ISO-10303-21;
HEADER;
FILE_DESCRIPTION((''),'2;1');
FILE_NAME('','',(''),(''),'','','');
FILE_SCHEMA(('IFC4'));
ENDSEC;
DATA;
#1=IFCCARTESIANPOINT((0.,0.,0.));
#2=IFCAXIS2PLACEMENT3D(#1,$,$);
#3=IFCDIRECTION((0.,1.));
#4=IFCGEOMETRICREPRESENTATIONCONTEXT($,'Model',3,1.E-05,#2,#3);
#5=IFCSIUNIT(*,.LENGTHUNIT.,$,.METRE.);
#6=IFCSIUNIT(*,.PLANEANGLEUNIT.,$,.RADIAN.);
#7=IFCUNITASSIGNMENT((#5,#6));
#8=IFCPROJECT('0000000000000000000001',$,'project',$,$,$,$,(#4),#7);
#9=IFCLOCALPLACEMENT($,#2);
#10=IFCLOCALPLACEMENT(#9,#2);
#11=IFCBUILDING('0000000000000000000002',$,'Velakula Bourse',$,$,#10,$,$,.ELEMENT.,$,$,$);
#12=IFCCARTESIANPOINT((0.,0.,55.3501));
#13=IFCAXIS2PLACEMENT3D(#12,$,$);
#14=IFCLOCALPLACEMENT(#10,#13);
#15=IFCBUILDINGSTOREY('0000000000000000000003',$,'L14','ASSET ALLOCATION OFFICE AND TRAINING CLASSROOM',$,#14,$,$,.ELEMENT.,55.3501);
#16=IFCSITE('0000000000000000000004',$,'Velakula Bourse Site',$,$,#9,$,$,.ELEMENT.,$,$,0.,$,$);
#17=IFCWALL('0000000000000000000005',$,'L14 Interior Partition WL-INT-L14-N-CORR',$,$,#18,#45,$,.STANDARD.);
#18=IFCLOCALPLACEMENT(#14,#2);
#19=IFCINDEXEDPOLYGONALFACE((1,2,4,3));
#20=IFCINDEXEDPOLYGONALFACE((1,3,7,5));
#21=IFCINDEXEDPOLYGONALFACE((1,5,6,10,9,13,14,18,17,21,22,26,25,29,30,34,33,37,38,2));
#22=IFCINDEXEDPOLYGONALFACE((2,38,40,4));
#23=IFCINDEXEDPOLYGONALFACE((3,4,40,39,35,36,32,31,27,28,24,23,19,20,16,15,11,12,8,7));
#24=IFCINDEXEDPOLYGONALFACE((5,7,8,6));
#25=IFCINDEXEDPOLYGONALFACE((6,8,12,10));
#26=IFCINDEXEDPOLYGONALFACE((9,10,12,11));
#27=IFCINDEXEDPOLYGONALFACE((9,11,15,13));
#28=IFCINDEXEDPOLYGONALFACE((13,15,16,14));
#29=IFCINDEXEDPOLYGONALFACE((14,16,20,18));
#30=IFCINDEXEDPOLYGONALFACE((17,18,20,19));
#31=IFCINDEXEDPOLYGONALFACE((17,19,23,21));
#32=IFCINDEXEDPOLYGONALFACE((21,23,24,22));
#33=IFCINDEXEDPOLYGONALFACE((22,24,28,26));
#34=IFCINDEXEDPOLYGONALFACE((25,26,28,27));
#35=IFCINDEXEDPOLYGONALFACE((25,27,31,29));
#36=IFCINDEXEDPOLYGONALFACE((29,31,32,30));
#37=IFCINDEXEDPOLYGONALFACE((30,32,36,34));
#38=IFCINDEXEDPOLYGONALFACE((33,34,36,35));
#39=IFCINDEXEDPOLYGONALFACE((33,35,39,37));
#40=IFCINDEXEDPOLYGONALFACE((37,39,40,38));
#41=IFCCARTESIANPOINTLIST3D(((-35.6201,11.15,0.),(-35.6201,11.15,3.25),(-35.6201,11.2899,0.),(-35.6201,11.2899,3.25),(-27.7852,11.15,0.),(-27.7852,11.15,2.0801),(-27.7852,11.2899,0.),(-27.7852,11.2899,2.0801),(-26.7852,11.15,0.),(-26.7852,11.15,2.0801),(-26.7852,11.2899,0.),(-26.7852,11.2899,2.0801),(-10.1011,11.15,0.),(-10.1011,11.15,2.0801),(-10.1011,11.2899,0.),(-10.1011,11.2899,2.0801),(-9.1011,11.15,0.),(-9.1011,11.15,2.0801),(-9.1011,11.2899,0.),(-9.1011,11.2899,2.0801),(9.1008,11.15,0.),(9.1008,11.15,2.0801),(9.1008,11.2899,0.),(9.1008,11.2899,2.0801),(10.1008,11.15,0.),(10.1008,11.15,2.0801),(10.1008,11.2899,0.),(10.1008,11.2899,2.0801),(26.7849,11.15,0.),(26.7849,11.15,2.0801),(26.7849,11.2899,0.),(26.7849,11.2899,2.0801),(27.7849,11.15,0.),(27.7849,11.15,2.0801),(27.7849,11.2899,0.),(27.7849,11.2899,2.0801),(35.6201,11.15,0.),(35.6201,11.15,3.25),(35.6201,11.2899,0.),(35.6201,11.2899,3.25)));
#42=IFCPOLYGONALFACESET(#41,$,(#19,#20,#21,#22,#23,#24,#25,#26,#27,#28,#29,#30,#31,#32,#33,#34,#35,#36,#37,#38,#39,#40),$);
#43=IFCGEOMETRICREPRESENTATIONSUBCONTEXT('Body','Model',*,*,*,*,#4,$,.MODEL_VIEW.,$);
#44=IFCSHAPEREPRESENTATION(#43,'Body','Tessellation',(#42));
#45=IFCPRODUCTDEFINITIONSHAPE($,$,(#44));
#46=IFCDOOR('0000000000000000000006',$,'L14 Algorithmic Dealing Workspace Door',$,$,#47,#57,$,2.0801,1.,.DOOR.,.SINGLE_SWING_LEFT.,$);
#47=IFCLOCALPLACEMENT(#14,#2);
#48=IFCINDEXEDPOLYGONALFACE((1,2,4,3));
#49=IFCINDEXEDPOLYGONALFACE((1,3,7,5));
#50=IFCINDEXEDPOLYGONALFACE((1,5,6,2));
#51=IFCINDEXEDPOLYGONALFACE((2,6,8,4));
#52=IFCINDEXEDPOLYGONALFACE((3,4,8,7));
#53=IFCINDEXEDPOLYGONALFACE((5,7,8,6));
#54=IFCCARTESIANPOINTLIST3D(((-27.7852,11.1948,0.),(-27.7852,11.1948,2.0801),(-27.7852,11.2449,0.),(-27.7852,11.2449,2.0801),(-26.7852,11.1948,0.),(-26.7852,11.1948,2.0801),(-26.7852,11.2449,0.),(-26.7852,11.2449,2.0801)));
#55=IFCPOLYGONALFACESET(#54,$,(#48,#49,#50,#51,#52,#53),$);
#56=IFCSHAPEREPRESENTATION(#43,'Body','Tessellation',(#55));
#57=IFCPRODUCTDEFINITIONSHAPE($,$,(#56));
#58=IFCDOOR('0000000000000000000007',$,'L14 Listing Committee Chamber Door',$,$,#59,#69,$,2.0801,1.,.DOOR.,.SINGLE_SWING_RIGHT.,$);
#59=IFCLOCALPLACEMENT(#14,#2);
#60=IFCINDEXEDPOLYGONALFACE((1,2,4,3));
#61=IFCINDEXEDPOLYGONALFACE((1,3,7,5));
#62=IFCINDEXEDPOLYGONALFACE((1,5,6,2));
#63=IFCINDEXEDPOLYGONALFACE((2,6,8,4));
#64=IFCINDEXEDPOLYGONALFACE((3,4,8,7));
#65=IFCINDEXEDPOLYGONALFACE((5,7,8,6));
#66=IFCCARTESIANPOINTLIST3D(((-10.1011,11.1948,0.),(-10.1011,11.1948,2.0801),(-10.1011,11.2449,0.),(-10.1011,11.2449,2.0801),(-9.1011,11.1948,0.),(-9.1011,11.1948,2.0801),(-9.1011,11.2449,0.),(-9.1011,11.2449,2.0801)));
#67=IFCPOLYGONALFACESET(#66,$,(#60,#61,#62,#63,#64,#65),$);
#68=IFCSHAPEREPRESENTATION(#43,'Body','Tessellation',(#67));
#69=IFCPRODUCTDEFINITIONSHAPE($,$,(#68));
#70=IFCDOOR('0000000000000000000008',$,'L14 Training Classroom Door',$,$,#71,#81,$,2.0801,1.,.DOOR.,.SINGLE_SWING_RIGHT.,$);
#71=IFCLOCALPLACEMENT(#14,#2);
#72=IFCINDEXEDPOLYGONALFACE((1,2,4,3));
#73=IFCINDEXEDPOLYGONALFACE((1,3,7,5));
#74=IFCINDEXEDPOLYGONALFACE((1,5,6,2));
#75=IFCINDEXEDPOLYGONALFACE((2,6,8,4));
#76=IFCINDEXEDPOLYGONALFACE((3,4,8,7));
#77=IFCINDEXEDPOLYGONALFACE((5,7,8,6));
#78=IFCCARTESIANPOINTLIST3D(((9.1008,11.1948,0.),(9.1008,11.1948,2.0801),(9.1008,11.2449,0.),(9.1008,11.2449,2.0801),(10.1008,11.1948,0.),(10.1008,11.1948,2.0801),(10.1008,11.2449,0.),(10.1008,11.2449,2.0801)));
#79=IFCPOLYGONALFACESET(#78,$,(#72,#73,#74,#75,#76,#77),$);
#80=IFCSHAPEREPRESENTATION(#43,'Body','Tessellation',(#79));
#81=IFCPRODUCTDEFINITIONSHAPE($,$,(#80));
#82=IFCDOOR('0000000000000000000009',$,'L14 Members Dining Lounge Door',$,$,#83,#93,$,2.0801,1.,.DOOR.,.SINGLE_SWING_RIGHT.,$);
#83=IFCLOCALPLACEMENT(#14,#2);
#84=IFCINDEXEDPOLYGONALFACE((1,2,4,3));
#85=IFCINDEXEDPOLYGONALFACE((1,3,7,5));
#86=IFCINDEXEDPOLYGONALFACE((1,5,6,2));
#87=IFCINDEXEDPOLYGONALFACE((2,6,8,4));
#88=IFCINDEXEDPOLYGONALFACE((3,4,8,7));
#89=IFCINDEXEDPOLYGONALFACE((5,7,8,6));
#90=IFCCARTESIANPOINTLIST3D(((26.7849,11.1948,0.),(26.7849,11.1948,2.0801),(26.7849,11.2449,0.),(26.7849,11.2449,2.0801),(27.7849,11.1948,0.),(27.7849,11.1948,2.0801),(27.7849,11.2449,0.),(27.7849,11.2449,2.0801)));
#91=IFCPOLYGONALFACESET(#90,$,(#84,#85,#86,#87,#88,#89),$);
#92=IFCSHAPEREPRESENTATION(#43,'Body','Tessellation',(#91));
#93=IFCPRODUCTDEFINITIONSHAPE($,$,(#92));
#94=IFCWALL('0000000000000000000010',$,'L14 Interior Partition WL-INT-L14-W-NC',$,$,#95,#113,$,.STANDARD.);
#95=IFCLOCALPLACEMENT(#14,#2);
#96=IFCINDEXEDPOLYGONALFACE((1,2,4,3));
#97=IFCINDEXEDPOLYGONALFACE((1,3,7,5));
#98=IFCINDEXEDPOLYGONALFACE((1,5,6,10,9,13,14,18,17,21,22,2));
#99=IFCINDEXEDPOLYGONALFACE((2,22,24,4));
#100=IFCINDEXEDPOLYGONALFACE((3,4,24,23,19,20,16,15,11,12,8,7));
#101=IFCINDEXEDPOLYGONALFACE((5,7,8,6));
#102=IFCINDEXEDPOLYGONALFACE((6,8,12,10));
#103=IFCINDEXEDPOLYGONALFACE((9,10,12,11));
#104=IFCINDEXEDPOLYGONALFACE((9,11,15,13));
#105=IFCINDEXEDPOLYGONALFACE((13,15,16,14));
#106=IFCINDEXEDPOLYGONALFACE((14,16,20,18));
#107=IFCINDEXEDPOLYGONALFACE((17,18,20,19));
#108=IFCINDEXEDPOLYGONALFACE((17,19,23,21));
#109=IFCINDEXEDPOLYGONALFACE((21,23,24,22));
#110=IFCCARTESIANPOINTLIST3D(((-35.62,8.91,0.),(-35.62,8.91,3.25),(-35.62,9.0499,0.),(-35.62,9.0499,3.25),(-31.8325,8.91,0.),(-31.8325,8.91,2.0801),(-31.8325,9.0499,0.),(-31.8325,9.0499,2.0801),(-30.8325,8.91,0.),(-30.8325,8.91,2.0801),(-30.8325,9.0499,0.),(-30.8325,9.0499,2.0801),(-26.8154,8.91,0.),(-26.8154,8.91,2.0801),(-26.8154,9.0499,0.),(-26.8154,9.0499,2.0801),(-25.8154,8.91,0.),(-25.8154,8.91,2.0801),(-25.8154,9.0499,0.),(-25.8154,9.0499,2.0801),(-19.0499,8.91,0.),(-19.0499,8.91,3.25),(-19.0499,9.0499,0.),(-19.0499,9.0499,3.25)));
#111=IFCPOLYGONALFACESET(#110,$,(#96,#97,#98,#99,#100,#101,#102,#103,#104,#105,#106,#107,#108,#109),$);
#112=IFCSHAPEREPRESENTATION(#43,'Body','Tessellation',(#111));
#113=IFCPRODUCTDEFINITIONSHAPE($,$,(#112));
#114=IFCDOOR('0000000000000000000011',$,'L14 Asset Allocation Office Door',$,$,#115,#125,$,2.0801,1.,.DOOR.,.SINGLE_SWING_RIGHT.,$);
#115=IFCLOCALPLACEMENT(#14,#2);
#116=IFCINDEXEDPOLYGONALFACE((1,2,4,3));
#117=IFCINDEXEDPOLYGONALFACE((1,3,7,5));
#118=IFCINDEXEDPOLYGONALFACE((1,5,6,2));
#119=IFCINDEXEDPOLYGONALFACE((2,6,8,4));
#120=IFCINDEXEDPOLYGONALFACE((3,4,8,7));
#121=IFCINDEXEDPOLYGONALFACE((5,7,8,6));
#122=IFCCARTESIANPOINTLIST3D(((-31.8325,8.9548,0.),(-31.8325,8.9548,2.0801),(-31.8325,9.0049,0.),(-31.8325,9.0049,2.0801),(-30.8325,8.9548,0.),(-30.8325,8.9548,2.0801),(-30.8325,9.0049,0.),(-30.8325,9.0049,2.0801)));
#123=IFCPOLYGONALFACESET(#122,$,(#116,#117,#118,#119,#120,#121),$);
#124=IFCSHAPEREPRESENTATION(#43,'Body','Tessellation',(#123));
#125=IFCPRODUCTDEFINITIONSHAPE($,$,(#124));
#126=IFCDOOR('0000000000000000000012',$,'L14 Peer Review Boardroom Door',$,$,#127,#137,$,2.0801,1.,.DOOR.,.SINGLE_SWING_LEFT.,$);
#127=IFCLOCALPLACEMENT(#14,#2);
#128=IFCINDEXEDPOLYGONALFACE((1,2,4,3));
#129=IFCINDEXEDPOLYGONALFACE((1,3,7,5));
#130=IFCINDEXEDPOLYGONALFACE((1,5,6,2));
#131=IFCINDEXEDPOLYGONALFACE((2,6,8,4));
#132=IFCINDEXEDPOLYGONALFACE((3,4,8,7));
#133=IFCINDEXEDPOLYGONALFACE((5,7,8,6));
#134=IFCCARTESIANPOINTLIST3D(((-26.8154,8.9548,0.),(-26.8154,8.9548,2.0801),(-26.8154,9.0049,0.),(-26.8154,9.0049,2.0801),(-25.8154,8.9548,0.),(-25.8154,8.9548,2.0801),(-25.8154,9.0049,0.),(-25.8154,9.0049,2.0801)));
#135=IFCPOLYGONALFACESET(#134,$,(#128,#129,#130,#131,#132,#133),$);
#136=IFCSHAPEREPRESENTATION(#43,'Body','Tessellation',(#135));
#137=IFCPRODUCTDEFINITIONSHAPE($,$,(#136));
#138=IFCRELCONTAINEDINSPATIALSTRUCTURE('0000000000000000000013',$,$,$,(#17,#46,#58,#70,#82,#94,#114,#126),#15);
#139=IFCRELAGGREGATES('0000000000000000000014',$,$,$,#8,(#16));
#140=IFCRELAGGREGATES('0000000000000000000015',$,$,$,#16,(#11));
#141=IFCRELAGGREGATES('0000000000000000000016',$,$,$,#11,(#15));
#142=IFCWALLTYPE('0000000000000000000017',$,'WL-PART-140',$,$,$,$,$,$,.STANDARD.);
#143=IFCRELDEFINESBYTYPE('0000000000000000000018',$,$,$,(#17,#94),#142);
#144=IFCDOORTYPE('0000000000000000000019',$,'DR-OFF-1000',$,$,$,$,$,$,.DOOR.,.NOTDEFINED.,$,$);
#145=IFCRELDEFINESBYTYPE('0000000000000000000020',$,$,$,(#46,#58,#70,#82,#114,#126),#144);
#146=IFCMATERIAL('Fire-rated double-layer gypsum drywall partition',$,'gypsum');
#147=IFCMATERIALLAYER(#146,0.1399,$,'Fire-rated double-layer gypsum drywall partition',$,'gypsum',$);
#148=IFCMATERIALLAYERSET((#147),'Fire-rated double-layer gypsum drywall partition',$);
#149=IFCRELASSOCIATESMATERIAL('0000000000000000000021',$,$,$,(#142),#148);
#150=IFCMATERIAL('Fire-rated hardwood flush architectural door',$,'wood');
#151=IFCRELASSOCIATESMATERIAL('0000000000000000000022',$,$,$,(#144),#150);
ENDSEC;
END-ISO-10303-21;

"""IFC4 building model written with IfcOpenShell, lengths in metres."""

from ifc_helpers import new_model, si_unit, direction, frame, frame_2d, origin, place, context, subcontext, project, spatial, rectangle, extrude, material, layer, layer_set, type_object, element, fill, save


model = new_model("IFC4")

# Units and contexts
model_context = context("Model", 3, precision=1e-05, world=origin(), true_north=direction((0.0, 1.0)))
body_context = subcontext(model_context, "Body", "Model", "MODEL_VIEW")
ifc_project = project(units=[si_unit("LENGTHUNIT", "METRE"), si_unit("PLANEANGLEUNIT", "RADIAN")], contexts=[model_context])

# Site, building, storey
site_placement = place(None, origin())
site = spatial("IfcSite", under=ifc_project, at=site_placement, Name="Velakula Bourse Site", CompositionType="ELEMENT", RefElevation=0.0)
building_placement = place(site_placement, origin())
building = spatial("IfcBuilding", under=site, at=building_placement, Name="Velakula Bourse", CompositionType="ELEMENT")
storey_placement = place(building_placement, frame((0.0, 0.0, 55.3501)))
storey = spatial("IfcBuildingStorey", under=building, at=storey_placement, Name="L14", Description="ASSET ALLOCATION OFFICE AND TRAINING CLASSROOM", CompositionType="ELEMENT", Elevation=55.3501)

# Walls, openings, doors
ifc_material_1 = material(Name="Fire-rated double-layer gypsum drywall partition", Category="gypsum")
ifc_layer_1 = layer(ifc_material_1, 0.1399, Name="Fire-rated double-layer gypsum drywall partition", Category="gypsum")
ifc_layer_set_1 = layer_set([ifc_layer_1], Name="Fire-rated double-layer gypsum drywall partition")
wall_type_1 = type_object("IfcWallType", Name="WL-PART-140", PredefinedType="STANDARD", material=ifc_layer_set_1)
wall_1_placement = place(storey_placement, frame((-35.6201, 11.22, 0.0), z_axis=(0.0, 0.0, 1.0), x_axis=(1.0, 0.0, 0.0)))
wall_1 = element("IfcWall", 1, at=wall_1_placement, inside=storey, type_object=wall_type_1, Name="L14 Interior Partition WL-INT-L14-N-CORR", PredefinedType="STANDARD", context=body_context, shape_type="SweptSolid", body=[
    extrude(rectangle(XDim=71.2402, YDim=0.1399, at=frame_2d((35.6201, 0.0))), origin(), (0.0, 0.0, 1.0), 3.25),
])
opening_1_placement = place(wall_1_placement, frame((7.835, 0.0, 0.0)))
opening_1 = element("IfcOpeningElement", 2, at=opening_1_placement, cuts=wall_1, PredefinedType="OPENING", context=body_context, shape_type="SweptSolid", body=[
    extrude(rectangle(XDim=1.0, YDim=2.0801, at=frame_2d((0.5, 1.04))), frame((0.0, 0.0798, 0.0), z_axis=(0.0, -1.0, 0.0), x_axis=(1.0, 0.0, 0.0)), (0.0, 0.0, 1.0), 0.1599),
])
opening_2_placement = place(wall_1_placement, frame((25.519, 0.0, 0.0)))
opening_2 = element("IfcOpeningElement", 3, at=opening_2_placement, cuts=wall_1, PredefinedType="OPENING", context=body_context, shape_type="SweptSolid", body=[
    extrude(rectangle(XDim=1.0, YDim=2.0801, at=frame_2d((0.5, 1.04))), frame((0.0, 0.0798, 0.0), z_axis=(0.0, -1.0, 0.0), x_axis=(1.0, 0.0, 0.0)), (0.0, 0.0, 1.0), 0.1599),
])
opening_3_placement = place(wall_1_placement, frame((44.7209, 0.0, 0.0)))
opening_3 = element("IfcOpeningElement", 4, at=opening_3_placement, cuts=wall_1, PredefinedType="OPENING", context=body_context, shape_type="SweptSolid", body=[
    extrude(rectangle(XDim=1.0, YDim=2.0801, at=frame_2d((0.5, 1.04))), frame((0.0, 0.0798, 0.0), z_axis=(0.0, -1.0, 0.0), x_axis=(1.0, 0.0, 0.0)), (0.0, 0.0, 1.0), 0.1599),
])
opening_4_placement = place(wall_1_placement, frame((62.405, 0.0, 0.0)))
opening_4 = element("IfcOpeningElement", 5, at=opening_4_placement, cuts=wall_1, PredefinedType="OPENING", context=body_context, shape_type="SweptSolid", body=[
    extrude(rectangle(XDim=1.0, YDim=2.0801, at=frame_2d((0.5, 1.04))), frame((0.0, 0.0798, 0.0), z_axis=(0.0, -1.0, 0.0), x_axis=(1.0, 0.0, 0.0)), (0.0, 0.0, 1.0), 0.1599),
])
ifc_material_2 = material(Name="Fire-rated hardwood flush architectural door", Category="wood")
door_type = type_object("IfcDoorType", Name="DR-OFF-1000", OperationType="NOTDEFINED", PredefinedType="DOOR", material=ifc_material_2)
door_1_placement = place(opening_1_placement, origin())
door_1 = element("IfcDoor", 6, at=door_1_placement, inside=storey, type_object=door_type, Name="L14 Algorithmic Dealing Workspace Door", OperationType="SINGLE_SWING_LEFT", OverallHeight=2.0801, OverallWidth=1.0, PredefinedType="DOOR", context=body_context, shape_type="SweptSolid", body=[
    extrude(rectangle(XDim=1.0, YDim=2.0801, at=frame_2d((0.5, 1.04))), frame((0.0, 0.0249, 0.0), z_axis=(0.0, -1.0, 0.0), x_axis=(1.0, 0.0, 0.0)), (0.0, 0.0, 1.0), 0.05),
])
fill(opening_1, door_1)
door_2_placement = place(opening_2_placement, origin())
door_2 = element("IfcDoor", 7, at=door_2_placement, inside=storey, type_object=door_type, Name="L14 Listing Committee Chamber Door", OperationType="SINGLE_SWING_RIGHT", OverallHeight=2.0801, OverallWidth=1.0, PredefinedType="DOOR", context=body_context, shape_type="SweptSolid", body=[
    extrude(rectangle(XDim=1.0, YDim=2.0801, at=frame_2d((0.5, 1.04))), frame((0.0, 0.0249, 0.0), z_axis=(0.0, -1.0, 0.0), x_axis=(1.0, 0.0, 0.0)), (0.0, 0.0, 1.0), 0.05),
])
fill(opening_2, door_2)
door_3_placement = place(opening_3_placement, origin())
door_3 = element("IfcDoor", 8, at=door_3_placement, inside=storey, type_object=door_type, Name="L14 Training Classroom Door", OperationType="SINGLE_SWING_RIGHT", OverallHeight=2.0801, OverallWidth=1.0, PredefinedType="DOOR", context=body_context, shape_type="SweptSolid", body=[
    extrude(rectangle(XDim=1.0, YDim=2.0801, at=frame_2d((0.5, 1.04))), frame((0.0, 0.0249, 0.0), z_axis=(0.0, -1.0, 0.0), x_axis=(1.0, 0.0, 0.0)), (0.0, 0.0, 1.0), 0.05),
])
fill(opening_3, door_3)
door_4_placement = place(opening_4_placement, origin())
door_4 = element("IfcDoor", 9, at=door_4_placement, inside=storey, type_object=door_type, Name="L14 Members Dining Lounge Door", OperationType="SINGLE_SWING_RIGHT", OverallHeight=2.0801, OverallWidth=1.0, PredefinedType="DOOR", context=body_context, shape_type="SweptSolid", body=[
    extrude(rectangle(XDim=1.0, YDim=2.0801, at=frame_2d((0.5, 1.04))), frame((0.0, 0.0249, 0.0), z_axis=(0.0, -1.0, 0.0), x_axis=(1.0, 0.0, 0.0)), (0.0, 0.0, 1.0), 0.05),
])
fill(opening_4, door_4)
wall_2_placement = place(storey_placement, frame((-35.6201, 8.98, 0.0), z_axis=(0.0, 0.0, 1.0), x_axis=(1.0, 0.0, 0.0)))
wall_2 = element("IfcWall", 10, at=wall_2_placement, inside=storey, type_object=wall_type_1, Name="L14 Interior Partition WL-INT-L14-W-NC", PredefinedType="STANDARD", context=body_context, shape_type="SweptSolid", body=[
    extrude(rectangle(XDim=16.5701, YDim=0.1399, at=frame_2d((8.2852, 0.0))), origin(), (0.0, 0.0, 1.0), 3.25),
])
opening_5_placement = place(wall_2_placement, frame((3.7876, 0.0, 0.0)))
opening_5 = element("IfcOpeningElement", 11, at=opening_5_placement, cuts=wall_2, PredefinedType="OPENING", context=body_context, shape_type="SweptSolid", body=[
    extrude(rectangle(XDim=1.0, YDim=2.0801, at=frame_2d((0.5, 1.04))), frame((0.0, 0.0798, 0.0), z_axis=(0.0, -1.0, 0.0), x_axis=(1.0, 0.0, 0.0)), (0.0, 0.0, 1.0), 0.1599),
])
opening_6_placement = place(wall_2_placement, frame((8.8047, 0.0, 0.0)))
opening_6 = element("IfcOpeningElement", 12, at=opening_6_placement, cuts=wall_2, PredefinedType="OPENING", context=body_context, shape_type="SweptSolid", body=[
    extrude(rectangle(XDim=1.0, YDim=2.0801, at=frame_2d((0.5, 1.04))), frame((0.0, 0.0798, 0.0), z_axis=(0.0, -1.0, 0.0), x_axis=(1.0, 0.0, 0.0)), (0.0, 0.0, 1.0), 0.1599),
])
door_5_placement = place(opening_5_placement, origin())
door_5 = element("IfcDoor", 13, at=door_5_placement, inside=storey, type_object=door_type, Name="L14 Asset Allocation Office Door", OperationType="SINGLE_SWING_RIGHT", OverallHeight=2.0801, OverallWidth=1.0, PredefinedType="DOOR", context=body_context, shape_type="SweptSolid", body=[
    extrude(rectangle(XDim=1.0, YDim=2.0801, at=frame_2d((0.5, 1.04))), frame((0.0, 0.0249, 0.0), z_axis=(0.0, -1.0, 0.0), x_axis=(1.0, 0.0, 0.0)), (0.0, 0.0, 1.0), 0.05),
])
fill(opening_5, door_5)
door_6_placement = place(opening_6_placement, origin())
door_6 = element("IfcDoor", 14, at=door_6_placement, inside=storey, type_object=door_type, Name="L14 Peer Review Boardroom Door", OperationType="SINGLE_SWING_LEFT", OverallHeight=2.0801, OverallWidth=1.0, PredefinedType="DOOR", context=body_context, shape_type="SweptSolid", body=[
    extrude(rectangle(XDim=1.0, YDim=2.0801, at=frame_2d((0.5, 1.04))), frame((0.0, 0.0249, 0.0), z_axis=(0.0, -1.0, 0.0), x_axis=(1.0, 0.0, 0.0)), (0.0, 0.0, 1.0), 0.05),
])
fill(opening_6, door_6)

save(model, "model.ifc")
